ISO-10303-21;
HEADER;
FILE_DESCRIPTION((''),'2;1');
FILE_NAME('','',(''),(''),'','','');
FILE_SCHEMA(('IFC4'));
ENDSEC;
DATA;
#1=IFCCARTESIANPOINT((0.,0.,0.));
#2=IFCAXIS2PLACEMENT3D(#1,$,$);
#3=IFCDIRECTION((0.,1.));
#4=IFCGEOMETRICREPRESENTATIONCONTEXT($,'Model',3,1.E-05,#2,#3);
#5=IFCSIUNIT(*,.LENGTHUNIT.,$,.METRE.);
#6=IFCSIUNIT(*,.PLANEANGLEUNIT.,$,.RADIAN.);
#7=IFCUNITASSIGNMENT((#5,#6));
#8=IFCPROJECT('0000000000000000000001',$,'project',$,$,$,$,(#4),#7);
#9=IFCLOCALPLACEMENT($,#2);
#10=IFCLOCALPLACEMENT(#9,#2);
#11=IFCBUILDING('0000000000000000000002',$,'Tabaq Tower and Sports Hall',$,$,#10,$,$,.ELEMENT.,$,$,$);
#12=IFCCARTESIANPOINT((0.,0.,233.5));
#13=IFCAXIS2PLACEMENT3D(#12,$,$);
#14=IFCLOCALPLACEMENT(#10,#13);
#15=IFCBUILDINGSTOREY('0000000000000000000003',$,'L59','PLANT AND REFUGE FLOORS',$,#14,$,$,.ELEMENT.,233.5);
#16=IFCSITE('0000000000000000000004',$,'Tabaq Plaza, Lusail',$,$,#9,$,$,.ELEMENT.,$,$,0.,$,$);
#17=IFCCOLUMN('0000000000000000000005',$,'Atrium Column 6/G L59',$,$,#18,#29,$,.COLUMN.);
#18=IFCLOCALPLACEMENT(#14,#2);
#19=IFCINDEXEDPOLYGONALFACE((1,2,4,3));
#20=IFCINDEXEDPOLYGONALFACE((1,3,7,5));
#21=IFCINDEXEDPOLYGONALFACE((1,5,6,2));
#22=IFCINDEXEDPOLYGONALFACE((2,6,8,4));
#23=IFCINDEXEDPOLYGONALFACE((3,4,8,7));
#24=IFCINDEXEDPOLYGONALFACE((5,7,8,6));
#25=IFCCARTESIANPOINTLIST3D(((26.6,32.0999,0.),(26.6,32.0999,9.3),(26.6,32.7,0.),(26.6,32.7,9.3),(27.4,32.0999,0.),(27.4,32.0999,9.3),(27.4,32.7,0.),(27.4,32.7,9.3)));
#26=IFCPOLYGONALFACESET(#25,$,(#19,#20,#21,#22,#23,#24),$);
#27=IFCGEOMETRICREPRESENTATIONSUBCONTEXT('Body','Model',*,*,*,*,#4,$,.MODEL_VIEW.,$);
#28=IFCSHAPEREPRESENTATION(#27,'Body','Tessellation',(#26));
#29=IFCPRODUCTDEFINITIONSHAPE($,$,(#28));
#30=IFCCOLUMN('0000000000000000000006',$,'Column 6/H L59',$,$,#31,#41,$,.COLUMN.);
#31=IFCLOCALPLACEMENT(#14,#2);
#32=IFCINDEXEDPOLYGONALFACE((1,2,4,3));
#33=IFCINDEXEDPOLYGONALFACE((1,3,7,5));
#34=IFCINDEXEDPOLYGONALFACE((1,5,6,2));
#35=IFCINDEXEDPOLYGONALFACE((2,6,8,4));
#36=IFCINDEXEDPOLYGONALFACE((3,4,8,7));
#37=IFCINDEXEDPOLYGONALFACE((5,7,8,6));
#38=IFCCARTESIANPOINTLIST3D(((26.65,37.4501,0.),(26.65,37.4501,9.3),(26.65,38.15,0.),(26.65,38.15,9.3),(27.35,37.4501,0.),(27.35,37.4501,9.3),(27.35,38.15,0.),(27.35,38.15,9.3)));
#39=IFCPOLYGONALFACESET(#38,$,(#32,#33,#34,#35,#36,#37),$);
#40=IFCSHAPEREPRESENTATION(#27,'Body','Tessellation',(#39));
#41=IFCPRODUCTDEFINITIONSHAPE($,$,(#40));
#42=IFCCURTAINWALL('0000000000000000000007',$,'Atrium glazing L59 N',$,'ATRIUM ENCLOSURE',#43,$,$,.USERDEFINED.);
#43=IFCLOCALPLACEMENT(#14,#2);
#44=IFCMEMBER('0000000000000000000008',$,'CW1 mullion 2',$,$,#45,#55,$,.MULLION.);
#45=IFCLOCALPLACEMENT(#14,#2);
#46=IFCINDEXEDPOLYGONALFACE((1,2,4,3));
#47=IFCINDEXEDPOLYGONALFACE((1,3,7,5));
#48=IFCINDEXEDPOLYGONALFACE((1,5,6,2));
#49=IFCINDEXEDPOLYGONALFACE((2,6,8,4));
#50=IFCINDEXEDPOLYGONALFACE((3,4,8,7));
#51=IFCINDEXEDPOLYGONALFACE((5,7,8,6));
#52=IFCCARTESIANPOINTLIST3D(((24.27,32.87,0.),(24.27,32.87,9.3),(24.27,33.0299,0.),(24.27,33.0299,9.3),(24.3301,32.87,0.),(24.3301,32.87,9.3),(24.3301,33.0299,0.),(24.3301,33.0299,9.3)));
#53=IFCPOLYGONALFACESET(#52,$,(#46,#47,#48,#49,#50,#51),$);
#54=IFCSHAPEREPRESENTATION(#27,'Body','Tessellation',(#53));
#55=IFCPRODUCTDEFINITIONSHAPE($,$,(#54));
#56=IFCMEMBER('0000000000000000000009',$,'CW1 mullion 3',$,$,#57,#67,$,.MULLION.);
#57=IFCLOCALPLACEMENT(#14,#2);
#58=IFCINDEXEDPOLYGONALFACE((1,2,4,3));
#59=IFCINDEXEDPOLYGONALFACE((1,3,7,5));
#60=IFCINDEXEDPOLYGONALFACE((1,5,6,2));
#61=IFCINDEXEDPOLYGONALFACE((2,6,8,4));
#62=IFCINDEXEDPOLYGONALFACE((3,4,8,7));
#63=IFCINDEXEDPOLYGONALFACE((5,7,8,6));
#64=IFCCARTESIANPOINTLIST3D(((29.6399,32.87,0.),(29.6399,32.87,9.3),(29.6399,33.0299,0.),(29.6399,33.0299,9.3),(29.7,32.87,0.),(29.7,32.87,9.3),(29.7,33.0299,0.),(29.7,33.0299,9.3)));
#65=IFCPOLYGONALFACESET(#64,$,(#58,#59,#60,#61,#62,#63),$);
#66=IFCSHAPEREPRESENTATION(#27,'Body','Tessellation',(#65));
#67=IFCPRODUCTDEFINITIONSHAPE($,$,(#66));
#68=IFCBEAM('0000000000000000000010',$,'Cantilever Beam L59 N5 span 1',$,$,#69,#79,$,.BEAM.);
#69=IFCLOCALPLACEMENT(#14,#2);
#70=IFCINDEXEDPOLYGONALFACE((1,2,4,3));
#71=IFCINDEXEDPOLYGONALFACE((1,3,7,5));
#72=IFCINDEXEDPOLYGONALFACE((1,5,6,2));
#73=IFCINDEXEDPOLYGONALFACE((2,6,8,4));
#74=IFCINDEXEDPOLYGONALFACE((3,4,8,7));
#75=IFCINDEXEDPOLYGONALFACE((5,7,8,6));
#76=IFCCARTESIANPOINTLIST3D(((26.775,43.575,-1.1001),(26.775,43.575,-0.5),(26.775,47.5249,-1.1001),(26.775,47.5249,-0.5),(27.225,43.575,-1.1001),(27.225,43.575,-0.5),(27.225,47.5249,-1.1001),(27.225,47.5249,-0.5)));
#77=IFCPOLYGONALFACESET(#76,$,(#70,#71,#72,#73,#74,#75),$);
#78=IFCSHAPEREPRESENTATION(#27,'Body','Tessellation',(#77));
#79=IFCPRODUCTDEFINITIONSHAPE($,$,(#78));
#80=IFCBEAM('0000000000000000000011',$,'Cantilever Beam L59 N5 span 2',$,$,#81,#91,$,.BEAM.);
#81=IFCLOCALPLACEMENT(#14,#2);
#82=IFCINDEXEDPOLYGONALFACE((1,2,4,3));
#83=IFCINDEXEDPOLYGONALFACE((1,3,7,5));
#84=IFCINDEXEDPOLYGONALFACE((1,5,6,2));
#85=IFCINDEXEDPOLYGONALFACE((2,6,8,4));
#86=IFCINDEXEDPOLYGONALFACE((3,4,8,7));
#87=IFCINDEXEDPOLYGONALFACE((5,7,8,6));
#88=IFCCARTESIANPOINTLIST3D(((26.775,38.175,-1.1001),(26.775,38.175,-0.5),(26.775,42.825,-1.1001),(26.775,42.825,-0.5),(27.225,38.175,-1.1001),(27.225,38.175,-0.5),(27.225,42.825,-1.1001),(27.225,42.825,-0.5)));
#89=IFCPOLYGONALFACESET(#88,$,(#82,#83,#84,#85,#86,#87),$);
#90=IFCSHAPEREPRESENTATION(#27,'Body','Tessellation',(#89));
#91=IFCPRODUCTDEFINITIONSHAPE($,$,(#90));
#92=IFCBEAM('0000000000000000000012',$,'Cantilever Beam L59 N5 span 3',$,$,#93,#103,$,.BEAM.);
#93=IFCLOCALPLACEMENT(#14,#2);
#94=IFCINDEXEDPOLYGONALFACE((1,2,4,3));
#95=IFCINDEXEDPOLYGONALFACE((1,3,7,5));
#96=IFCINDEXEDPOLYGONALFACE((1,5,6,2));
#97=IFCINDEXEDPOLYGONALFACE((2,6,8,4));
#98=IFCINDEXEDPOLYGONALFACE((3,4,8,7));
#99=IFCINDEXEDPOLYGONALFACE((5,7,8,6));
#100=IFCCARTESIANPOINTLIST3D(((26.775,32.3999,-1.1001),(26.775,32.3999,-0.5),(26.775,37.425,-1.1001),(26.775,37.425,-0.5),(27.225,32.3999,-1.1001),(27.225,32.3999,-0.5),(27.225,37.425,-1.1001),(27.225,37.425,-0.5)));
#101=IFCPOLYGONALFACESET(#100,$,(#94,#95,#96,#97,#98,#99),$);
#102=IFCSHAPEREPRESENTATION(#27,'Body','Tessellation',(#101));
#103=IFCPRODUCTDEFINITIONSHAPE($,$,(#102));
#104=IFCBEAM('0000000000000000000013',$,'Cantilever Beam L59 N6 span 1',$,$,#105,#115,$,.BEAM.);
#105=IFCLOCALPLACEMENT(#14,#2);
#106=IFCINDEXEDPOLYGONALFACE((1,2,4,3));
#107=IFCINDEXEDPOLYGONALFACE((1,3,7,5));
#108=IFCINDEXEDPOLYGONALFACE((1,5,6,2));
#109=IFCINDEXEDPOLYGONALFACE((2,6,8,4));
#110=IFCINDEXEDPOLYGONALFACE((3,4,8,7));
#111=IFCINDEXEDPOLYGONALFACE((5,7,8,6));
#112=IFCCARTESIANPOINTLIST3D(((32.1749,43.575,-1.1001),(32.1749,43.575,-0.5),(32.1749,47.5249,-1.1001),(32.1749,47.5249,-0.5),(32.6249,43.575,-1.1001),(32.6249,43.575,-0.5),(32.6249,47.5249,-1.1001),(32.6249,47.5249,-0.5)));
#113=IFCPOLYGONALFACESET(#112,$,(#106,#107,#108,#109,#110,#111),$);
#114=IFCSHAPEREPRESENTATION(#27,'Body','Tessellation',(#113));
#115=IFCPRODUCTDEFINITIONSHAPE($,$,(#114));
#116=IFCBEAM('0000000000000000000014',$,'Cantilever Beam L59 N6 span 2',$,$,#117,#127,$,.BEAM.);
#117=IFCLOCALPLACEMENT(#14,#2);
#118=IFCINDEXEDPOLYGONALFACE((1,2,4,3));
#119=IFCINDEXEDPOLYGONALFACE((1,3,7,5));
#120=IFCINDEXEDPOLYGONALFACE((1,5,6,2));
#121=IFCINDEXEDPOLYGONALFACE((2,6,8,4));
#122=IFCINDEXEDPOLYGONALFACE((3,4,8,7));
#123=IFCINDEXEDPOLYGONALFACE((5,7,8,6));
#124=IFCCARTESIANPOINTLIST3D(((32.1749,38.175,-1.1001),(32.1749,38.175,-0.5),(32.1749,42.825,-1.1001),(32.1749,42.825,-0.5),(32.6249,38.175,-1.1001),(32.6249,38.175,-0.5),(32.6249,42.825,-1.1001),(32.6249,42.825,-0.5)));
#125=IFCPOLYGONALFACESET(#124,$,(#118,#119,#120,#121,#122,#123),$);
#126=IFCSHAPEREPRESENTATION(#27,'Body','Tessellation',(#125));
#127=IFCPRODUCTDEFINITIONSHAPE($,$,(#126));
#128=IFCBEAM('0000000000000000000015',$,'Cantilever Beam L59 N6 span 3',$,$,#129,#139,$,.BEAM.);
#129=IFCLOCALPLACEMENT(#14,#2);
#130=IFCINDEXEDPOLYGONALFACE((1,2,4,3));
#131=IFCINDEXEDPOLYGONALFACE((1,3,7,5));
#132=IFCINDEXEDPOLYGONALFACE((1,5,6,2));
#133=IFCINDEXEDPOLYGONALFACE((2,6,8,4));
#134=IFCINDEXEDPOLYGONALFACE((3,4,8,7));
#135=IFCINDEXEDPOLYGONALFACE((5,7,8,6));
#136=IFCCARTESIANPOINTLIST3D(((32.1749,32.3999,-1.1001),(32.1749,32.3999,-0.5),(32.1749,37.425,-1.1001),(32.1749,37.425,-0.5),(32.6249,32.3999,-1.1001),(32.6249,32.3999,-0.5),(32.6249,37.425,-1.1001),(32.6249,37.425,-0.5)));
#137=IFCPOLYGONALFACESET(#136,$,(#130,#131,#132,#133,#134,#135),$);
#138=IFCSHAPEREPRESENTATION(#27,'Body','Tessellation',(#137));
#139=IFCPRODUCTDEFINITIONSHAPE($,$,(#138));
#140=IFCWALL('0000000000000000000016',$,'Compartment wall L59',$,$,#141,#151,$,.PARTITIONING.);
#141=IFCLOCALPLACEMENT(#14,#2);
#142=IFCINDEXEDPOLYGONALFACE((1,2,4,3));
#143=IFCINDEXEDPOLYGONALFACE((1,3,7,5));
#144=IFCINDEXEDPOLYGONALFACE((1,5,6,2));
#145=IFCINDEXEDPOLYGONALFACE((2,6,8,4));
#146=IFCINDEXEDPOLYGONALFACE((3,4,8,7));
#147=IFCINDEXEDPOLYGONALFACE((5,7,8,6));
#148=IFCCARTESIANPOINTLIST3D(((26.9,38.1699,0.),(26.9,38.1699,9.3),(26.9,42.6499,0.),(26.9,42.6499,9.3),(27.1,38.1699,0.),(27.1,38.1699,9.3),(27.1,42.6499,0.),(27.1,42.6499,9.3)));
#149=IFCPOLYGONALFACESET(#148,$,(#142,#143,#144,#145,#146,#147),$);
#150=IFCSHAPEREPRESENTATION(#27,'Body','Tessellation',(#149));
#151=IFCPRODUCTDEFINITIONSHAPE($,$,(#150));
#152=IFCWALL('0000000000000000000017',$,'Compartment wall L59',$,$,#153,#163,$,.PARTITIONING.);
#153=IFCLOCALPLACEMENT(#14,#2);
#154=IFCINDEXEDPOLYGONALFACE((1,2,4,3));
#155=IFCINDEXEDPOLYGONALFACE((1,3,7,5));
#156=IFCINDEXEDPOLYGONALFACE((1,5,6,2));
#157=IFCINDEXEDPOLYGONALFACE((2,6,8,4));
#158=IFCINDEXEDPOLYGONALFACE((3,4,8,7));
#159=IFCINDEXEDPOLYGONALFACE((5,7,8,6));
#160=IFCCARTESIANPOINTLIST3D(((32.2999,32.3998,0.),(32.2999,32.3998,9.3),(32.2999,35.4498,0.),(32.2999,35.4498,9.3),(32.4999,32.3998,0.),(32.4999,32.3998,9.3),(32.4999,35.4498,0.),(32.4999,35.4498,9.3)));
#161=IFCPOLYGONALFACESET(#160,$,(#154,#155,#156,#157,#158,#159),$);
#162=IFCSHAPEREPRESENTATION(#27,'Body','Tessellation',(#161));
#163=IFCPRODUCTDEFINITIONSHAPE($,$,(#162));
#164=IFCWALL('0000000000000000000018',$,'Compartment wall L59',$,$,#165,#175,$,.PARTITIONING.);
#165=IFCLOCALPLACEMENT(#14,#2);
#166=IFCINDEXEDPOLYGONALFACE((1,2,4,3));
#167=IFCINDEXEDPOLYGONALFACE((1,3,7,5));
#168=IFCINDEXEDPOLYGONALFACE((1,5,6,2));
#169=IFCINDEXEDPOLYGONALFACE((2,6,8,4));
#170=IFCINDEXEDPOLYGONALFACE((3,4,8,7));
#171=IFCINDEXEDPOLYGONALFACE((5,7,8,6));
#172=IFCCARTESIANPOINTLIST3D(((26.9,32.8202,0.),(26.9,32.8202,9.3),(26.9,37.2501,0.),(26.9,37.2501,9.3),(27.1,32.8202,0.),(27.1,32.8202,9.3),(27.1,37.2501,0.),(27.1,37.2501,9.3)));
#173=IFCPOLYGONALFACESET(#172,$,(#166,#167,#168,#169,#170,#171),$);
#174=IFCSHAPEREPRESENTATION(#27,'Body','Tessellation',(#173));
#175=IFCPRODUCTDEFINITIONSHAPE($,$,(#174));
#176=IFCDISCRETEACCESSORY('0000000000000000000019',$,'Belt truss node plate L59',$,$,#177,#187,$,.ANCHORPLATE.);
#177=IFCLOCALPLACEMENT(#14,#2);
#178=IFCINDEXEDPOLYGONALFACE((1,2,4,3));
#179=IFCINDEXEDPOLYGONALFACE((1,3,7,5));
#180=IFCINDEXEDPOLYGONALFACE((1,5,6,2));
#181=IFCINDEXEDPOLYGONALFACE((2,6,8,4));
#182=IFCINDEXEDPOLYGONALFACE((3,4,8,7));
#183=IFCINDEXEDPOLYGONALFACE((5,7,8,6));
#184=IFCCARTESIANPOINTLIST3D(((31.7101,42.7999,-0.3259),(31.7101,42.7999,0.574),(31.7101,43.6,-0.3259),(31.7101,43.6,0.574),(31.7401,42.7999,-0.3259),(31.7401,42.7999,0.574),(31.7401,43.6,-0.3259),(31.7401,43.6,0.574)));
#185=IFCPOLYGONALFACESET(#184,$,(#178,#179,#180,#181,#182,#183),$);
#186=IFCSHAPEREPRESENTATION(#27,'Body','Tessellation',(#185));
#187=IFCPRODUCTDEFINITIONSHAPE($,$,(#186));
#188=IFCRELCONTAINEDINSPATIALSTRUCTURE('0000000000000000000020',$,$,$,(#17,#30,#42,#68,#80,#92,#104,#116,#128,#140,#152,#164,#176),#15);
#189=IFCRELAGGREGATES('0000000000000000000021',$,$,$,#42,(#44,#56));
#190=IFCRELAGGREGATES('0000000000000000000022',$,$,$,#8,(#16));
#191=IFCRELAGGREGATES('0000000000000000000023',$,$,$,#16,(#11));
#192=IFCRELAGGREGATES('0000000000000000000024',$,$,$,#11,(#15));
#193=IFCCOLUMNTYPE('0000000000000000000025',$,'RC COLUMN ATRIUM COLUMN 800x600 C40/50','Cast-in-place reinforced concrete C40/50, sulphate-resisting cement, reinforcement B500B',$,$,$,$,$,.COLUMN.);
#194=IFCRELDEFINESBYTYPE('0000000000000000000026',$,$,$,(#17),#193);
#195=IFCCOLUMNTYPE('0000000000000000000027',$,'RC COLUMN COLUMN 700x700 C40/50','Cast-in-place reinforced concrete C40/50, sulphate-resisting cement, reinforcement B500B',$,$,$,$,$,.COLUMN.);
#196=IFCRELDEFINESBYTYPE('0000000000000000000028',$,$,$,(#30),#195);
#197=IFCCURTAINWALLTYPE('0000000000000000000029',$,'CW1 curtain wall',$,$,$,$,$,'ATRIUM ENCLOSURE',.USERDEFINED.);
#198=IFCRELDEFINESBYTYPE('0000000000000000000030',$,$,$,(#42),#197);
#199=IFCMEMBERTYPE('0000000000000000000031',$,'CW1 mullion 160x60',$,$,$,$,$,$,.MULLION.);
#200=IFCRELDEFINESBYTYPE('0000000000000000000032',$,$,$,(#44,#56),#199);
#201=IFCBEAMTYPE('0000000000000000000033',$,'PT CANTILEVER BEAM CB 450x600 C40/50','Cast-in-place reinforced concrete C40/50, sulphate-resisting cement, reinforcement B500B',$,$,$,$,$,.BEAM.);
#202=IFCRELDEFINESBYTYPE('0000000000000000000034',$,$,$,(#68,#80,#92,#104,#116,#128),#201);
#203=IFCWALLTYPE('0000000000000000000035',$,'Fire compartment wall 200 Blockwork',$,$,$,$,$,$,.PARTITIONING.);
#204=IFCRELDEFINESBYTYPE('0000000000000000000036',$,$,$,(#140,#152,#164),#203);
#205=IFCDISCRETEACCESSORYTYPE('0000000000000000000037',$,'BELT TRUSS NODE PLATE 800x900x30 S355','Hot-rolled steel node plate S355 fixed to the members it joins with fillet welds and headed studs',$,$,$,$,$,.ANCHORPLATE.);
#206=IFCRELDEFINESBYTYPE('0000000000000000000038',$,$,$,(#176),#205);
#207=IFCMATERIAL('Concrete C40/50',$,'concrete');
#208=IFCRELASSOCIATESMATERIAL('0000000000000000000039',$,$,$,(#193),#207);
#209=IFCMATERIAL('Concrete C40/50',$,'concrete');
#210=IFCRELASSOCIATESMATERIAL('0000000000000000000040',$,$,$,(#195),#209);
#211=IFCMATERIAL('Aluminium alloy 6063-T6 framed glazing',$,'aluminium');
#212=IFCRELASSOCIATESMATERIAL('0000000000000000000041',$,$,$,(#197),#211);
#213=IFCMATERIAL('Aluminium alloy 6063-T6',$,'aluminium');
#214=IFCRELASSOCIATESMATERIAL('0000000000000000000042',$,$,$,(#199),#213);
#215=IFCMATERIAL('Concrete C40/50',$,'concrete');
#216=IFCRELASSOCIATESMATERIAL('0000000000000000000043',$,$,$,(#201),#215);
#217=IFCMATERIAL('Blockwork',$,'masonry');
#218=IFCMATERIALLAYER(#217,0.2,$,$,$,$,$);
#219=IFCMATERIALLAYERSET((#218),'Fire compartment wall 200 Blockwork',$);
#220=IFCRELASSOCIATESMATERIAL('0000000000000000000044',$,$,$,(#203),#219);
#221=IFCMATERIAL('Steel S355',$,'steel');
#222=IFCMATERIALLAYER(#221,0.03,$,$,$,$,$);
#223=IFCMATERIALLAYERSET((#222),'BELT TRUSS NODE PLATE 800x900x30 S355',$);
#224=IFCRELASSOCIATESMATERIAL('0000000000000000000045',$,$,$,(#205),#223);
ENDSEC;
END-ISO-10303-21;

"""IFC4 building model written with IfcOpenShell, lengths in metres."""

from ifc_helpers import new_model, si_unit, direction, frame, frame_2d, origin, origin_2d, place, context, subcontext, project, spatial, rectangle, extrude, material, layer, layer_set, material_profile, profile_set, type_object, element, aggregate, save


model = new_model("IFC4")

# Units and contexts
model_context = context("Model", 3, precision=1e-05, world=origin(), true_north=direction((0.0, 1.0)))
body_context = subcontext(model_context, "Body", "Model", "MODEL_VIEW")
ifc_project = project(units=[si_unit("LENGTHUNIT", "METRE"), si_unit("PLANEANGLEUNIT", "RADIAN")], contexts=[model_context])

# Site, building, storey
site_placement = place(None, origin())
site = spatial("IfcSite", under=ifc_project, at=site_placement, Name="Tabaq Plaza, Lusail", CompositionType="ELEMENT", RefElevation=0.0)
building_placement = place(site_placement, origin())
building = spatial("IfcBuilding", under=site, at=building_placement, Name="Tabaq Tower and Sports Hall", CompositionType="ELEMENT")
storey_placement = place(building_placement, frame((0.0, 0.0, 233.5)))
storey = spatial("IfcBuildingStorey", under=building, at=storey_placement, Name="L59", Description="PLANT AND REFUGE FLOORS", CompositionType="ELEMENT", Elevation=233.5)

# Columns
ifc_material_1 = material(Name="Concrete C40/50", Category="concrete")
ifc_material_profile_1 = material_profile(ifc_material_1, rectangle(XDim=0.8, YDim=0.6001, at=origin_2d()), Name="ATRIUM COLUMN 800x600")
ifc_profile_set_1 = profile_set([ifc_material_profile_1], Name="Concrete C40/50")
column_type_1 = type_object("IfcColumnType", Name="RC COLUMN ATRIUM COLUMN 800x600 C40/50", Description="Cast-in-place reinforced concrete C40/50, sulphate-resisting cement, reinforcement B500B", PredefinedType="COLUMN", material=ifc_profile_set_1)
column_1_placement = place(storey_placement, frame((27.0, 32.3999, 0.0), z_axis=(0.0, 0.0, 1.0), x_axis=(1.0, 0.0, 0.0)))
element("IfcColumn", 1, at=column_1_placement, inside=storey, type_object=column_type_1, Name="Atrium Column 6/G L59", PredefinedType="COLUMN", context=body_context, shape_type="SweptSolid", body=[
    extrude(rectangle(XDim=0.8, YDim=0.6001, at=origin_2d()), origin(), (0.0, 0.0, 1.0), 9.3),
])
ifc_material_2 = material(Name="Concrete C40/50", Category="concrete")
ifc_material_profile_2 = material_profile(ifc_material_2, rectangle(XDim=0.7, YDim=0.7, at=origin_2d()), Name="COLUMN 700x700")
ifc_profile_set_2 = profile_set([ifc_material_profile_2], Name="Concrete C40/50")
column_type_2 = type_object("IfcColumnType", Name="RC COLUMN COLUMN 700x700 C40/50", Description="Cast-in-place reinforced concrete C40/50, sulphate-resisting cement, reinforcement B500B", PredefinedType="COLUMN", material=ifc_profile_set_2)
column_2_placement = place(storey_placement, frame((27.0, 37.8, 0.0), z_axis=(0.0, 0.0, 1.0), x_axis=(1.0, 0.0, 0.0)))
element("IfcColumn", 2, at=column_2_placement, inside=storey, type_object=column_type_2, Name="Column 6/H L59", PredefinedType="COLUMN", context=body_context, shape_type="SweptSolid", body=[
    extrude(rectangle(XDim=0.7, YDim=0.7, at=origin_2d()), origin(), (0.0, 0.0, 1.0), 9.3),
])

# Curtain wall, members
ifc_material_3 = material(Name="Aluminium alloy 6063-T6 framed glazing", Category="aluminium")
curtain_wall_type = type_object("IfcCurtainWallType", Name="CW1 curtain wall", ElementType="ATRIUM ENCLOSURE", PredefinedType="USERDEFINED", material=ifc_material_3)
curtain_wall_placement = place(storey_placement, origin())
curtain_wall = element("IfcCurtainWall", 3, at=curtain_wall_placement, inside=storey, type_object=curtain_wall_type, Name="Atrium glazing L59 N", ObjectType="ATRIUM ENCLOSURE", PredefinedType="USERDEFINED")
ifc_material_4 = material(Name="Aluminium alloy 6063-T6", Category="aluminium")
ifc_material_profile_3 = material_profile(ifc_material_4, rectangle(XDim=0.1599, YDim=0.0601, at=origin_2d()), Name="MULLION 160x60")
ifc_profile_set_3 = profile_set([ifc_material_profile_3], Name="Aluminium alloy 6063-T6")
member_type = type_object("IfcMemberType", Name="CW1 mullion 160x60", PredefinedType="MULLION", material=ifc_profile_set_3)
member_1_placement = place(storey_placement, frame((24.3, 32.95, 0.0), z_axis=(0.0, 0.0, 1.0), x_axis=(0.0, 1.0, 0.0)))
member_1 = element("IfcMember", 4, at=member_1_placement, type_object=member_type, Name="CW1 mullion 2", PredefinedType="MULLION", context=body_context, shape_type="SweptSolid", body=[
    extrude(rectangle(XDim=0.1599, YDim=0.0601, at=origin_2d()), origin(), (0.0, 0.0, 1.0), 9.3),
])
member_2_placement = place(storey_placement, frame((29.6699, 32.95, 0.0), z_axis=(0.0, 0.0, 1.0), x_axis=(0.0, 1.0, 0.0)))
member_2 = element("IfcMember", 5, at=member_2_placement, type_object=member_type, Name="CW1 mullion 3", PredefinedType="MULLION", context=body_context, shape_type="SweptSolid", body=[
    extrude(rectangle(XDim=0.1599, YDim=0.0601, at=origin_2d()), origin(), (0.0, 0.0, 1.0), 9.3),
])
aggregate(curtain_wall, [member_1, member_2])

# Beams
ifc_material_5 = material(Name="Concrete C40/50", Category="concrete")
ifc_material_profile_4 = material_profile(ifc_material_5, rectangle(XDim=0.45, YDim=0.6001, at=origin_2d()), Name="CB 450x600")
ifc_profile_set_4 = profile_set([ifc_material_profile_4], Name="Concrete C40/50")
beam_type = type_object("IfcBeamType", Name="PT CANTILEVER BEAM CB 450x600 C40/50", Description="Cast-in-place reinforced concrete C40/50, sulphate-resisting cement, reinforcement B500B", PredefinedType="BEAM", material=ifc_profile_set_4)
beam_1_placement = place(storey_placement, frame((27.0, 47.5249, -0.8), z_axis=(0.0, -1.0, 0.0), x_axis=(1.0, 0.0, 0.0)))
element("IfcBeam", 6, at=beam_1_placement, inside=storey, type_object=beam_type, Name="Cantilever Beam L59 N5 span 1", PredefinedType="BEAM", context=body_context, shape_type="SweptSolid", body=[
    extrude(rectangle(XDim=0.45, YDim=0.6001, at=origin_2d()), origin(), (0.0, 0.0, 1.0), 3.95),
])
beam_2_placement = place(storey_placement, frame((27.0, 42.825, -0.8), z_axis=(0.0, -1.0, 0.0), x_axis=(1.0, 0.0, 0.0)))
element("IfcBeam", 7, at=beam_2_placement, inside=storey, type_object=beam_type, Name="Cantilever Beam L59 N5 span 2", PredefinedType="BEAM", context=body_context, shape_type="SweptSolid", body=[
    extrude(rectangle(XDim=0.45, YDim=0.6001, at=origin_2d()), origin(), (0.0, 0.0, 1.0), 4.6499),
])
beam_3_placement = place(storey_placement, frame((27.0, 37.425, -0.8), z_axis=(0.0, -1.0, 0.0), x_axis=(1.0, 0.0, 0.0)))
element("IfcBeam", 8, at=beam_3_placement, inside=storey, type_object=beam_type, Name="Cantilever Beam L59 N5 span 3", PredefinedType="BEAM", context=body_context, shape_type="SweptSolid", body=[
    extrude(rectangle(XDim=0.45, YDim=0.6001, at=origin_2d()), origin(), (0.0, 0.0, 1.0), 5.0251),
])
beam_4_placement = place(storey_placement, frame((32.3999, 47.5249, -0.8), z_axis=(0.0, -1.0, 0.0), x_axis=(1.0, 0.0, 0.0)))
element("IfcBeam", 9, at=beam_4_placement, inside=storey, type_object=beam_type, Name="Cantilever Beam L59 N6 span 1", PredefinedType="BEAM", context=body_context, shape_type="SweptSolid", body=[
    extrude(rectangle(XDim=0.45, YDim=0.6001, at=origin_2d()), origin(), (0.0, 0.0, 1.0), 3.95),
])
beam_5_placement = place(storey_placement, frame((32.3999, 42.825, -0.8), z_axis=(0.0, -1.0, 0.0), x_axis=(1.0, 0.0, 0.0)))
element("IfcBeam", 10, at=beam_5_placement, inside=storey, type_object=beam_type, Name="Cantilever Beam L59 N6 span 2", PredefinedType="BEAM", context=body_context, shape_type="SweptSolid", body=[
    extrude(rectangle(XDim=0.45, YDim=0.6001, at=origin_2d()), origin(), (0.0, 0.0, 1.0), 4.6499),
])
beam_6_placement = place(storey_placement, frame((32.3999, 37.425, -0.8), z_axis=(0.0, -1.0, 0.0), x_axis=(1.0, 0.0, 0.0)))
element("IfcBeam", 11, at=beam_6_placement, inside=storey, type_object=beam_type, Name="Cantilever Beam L59 N6 span 3", PredefinedType="BEAM", context=body_context, shape_type="SweptSolid", body=[
    extrude(rectangle(XDim=0.45, YDim=0.6001, at=origin_2d()), origin(), (0.0, 0.0, 1.0), 5.0251),
])

# Shared definitions
ifc_material_6 = material(Name="Blockwork", Category="masonry")
ifc_layer_1 = layer(ifc_material_6, 0.2)
ifc_layer_set_1 = layer_set([ifc_layer_1], Name="Fire compartment wall 200 Blockwork")
wall_type_1 = type_object("IfcWallType", Name="Fire compartment wall 200 Blockwork", PredefinedType="PARTITIONING", material=ifc_layer_set_1)

# Walls
wall_1_placement = place(storey_placement, frame((27.0, 38.1699, 0.0), z_axis=(0.0, 0.0, 1.0), x_axis=(0.0, 1.0, 0.0)))
element("IfcWall", 12, at=wall_1_placement, inside=storey, type_object=wall_type_1, Name="Compartment wall L59", PredefinedType="PARTITIONING", context=body_context, shape_type="SweptSolid", body=[
    extrude(rectangle(XDim=4.48, YDim=0.2, at=frame_2d((2.24, 0.0))), origin(), (0.0, 0.0, 1.0), 9.3),
])
wall_2_placement = place(storey_placement, frame((32.3999, 32.3999, 0.0), z_axis=(0.0, 0.0, 1.0), x_axis=(0.0, 1.0, 0.0)))
element("IfcWall", 13, at=wall_2_placement, inside=storey, type_object=wall_type_1, Name="Compartment wall L59", PredefinedType="PARTITIONING", context=body_context, shape_type="SweptSolid", body=[
    extrude(rectangle(XDim=3.05, YDim=0.2, at=frame_2d((1.5249, 0.0))), origin(), (0.0, 0.0, 1.0), 9.3),
])
wall_3_placement = place(storey_placement, frame((27.0, 37.25, 0.0), z_axis=(0.0, 0.0, 1.0), x_axis=(0.0, -1.0, 0.0)))
element("IfcWall", 14, at=wall_3_placement, inside=storey, type_object=wall_type_1, Name="Compartment wall L59", PredefinedType="PARTITIONING", context=body_context, shape_type="SweptSolid", body=[
    extrude(rectangle(XDim=4.4299, YDim=0.2, at=frame_2d((2.2148, 0.0))), origin(), (0.0, 0.0, 1.0), 9.3),
])

# Discrete accessory
ifc_material_7 = material(Name="Steel S355", Category="steel")
ifc_layer_2 = layer(ifc_material_7, 0.03)
ifc_layer_set_2 = layer_set([ifc_layer_2], Name="BELT TRUSS NODE PLATE 800x900x30 S355")
discrete_accessory_type = type_object("IfcDiscreteAccessoryType", Name="BELT TRUSS NODE PLATE 800x900x30 S355", Description="Hot-rolled steel node plate S355 fixed to the members it joins with fillet welds and headed studs", PredefinedType="ANCHORPLATE", material=ifc_layer_set_2)
discrete_accessory_placement = place(storey_placement, frame((31.7251, 43.2, -0.3259), z_axis=(0.0, 0.0, 1.0), x_axis=(-1.0, 0.0, 0.0)))
element("IfcDiscreteAccessory", 15, at=discrete_accessory_placement, inside=storey, type_object=discrete_accessory_type, Name="Belt truss node plate L59", PredefinedType="ANCHORPLATE", context=body_context, shape_type="SweptSolid", body=[
    extrude(rectangle(XDim=0.03, YDim=0.8, at=origin_2d()), origin(), (0.0, 0.0, 1.0), 0.8999),
])

save(model, "model.ifc")
